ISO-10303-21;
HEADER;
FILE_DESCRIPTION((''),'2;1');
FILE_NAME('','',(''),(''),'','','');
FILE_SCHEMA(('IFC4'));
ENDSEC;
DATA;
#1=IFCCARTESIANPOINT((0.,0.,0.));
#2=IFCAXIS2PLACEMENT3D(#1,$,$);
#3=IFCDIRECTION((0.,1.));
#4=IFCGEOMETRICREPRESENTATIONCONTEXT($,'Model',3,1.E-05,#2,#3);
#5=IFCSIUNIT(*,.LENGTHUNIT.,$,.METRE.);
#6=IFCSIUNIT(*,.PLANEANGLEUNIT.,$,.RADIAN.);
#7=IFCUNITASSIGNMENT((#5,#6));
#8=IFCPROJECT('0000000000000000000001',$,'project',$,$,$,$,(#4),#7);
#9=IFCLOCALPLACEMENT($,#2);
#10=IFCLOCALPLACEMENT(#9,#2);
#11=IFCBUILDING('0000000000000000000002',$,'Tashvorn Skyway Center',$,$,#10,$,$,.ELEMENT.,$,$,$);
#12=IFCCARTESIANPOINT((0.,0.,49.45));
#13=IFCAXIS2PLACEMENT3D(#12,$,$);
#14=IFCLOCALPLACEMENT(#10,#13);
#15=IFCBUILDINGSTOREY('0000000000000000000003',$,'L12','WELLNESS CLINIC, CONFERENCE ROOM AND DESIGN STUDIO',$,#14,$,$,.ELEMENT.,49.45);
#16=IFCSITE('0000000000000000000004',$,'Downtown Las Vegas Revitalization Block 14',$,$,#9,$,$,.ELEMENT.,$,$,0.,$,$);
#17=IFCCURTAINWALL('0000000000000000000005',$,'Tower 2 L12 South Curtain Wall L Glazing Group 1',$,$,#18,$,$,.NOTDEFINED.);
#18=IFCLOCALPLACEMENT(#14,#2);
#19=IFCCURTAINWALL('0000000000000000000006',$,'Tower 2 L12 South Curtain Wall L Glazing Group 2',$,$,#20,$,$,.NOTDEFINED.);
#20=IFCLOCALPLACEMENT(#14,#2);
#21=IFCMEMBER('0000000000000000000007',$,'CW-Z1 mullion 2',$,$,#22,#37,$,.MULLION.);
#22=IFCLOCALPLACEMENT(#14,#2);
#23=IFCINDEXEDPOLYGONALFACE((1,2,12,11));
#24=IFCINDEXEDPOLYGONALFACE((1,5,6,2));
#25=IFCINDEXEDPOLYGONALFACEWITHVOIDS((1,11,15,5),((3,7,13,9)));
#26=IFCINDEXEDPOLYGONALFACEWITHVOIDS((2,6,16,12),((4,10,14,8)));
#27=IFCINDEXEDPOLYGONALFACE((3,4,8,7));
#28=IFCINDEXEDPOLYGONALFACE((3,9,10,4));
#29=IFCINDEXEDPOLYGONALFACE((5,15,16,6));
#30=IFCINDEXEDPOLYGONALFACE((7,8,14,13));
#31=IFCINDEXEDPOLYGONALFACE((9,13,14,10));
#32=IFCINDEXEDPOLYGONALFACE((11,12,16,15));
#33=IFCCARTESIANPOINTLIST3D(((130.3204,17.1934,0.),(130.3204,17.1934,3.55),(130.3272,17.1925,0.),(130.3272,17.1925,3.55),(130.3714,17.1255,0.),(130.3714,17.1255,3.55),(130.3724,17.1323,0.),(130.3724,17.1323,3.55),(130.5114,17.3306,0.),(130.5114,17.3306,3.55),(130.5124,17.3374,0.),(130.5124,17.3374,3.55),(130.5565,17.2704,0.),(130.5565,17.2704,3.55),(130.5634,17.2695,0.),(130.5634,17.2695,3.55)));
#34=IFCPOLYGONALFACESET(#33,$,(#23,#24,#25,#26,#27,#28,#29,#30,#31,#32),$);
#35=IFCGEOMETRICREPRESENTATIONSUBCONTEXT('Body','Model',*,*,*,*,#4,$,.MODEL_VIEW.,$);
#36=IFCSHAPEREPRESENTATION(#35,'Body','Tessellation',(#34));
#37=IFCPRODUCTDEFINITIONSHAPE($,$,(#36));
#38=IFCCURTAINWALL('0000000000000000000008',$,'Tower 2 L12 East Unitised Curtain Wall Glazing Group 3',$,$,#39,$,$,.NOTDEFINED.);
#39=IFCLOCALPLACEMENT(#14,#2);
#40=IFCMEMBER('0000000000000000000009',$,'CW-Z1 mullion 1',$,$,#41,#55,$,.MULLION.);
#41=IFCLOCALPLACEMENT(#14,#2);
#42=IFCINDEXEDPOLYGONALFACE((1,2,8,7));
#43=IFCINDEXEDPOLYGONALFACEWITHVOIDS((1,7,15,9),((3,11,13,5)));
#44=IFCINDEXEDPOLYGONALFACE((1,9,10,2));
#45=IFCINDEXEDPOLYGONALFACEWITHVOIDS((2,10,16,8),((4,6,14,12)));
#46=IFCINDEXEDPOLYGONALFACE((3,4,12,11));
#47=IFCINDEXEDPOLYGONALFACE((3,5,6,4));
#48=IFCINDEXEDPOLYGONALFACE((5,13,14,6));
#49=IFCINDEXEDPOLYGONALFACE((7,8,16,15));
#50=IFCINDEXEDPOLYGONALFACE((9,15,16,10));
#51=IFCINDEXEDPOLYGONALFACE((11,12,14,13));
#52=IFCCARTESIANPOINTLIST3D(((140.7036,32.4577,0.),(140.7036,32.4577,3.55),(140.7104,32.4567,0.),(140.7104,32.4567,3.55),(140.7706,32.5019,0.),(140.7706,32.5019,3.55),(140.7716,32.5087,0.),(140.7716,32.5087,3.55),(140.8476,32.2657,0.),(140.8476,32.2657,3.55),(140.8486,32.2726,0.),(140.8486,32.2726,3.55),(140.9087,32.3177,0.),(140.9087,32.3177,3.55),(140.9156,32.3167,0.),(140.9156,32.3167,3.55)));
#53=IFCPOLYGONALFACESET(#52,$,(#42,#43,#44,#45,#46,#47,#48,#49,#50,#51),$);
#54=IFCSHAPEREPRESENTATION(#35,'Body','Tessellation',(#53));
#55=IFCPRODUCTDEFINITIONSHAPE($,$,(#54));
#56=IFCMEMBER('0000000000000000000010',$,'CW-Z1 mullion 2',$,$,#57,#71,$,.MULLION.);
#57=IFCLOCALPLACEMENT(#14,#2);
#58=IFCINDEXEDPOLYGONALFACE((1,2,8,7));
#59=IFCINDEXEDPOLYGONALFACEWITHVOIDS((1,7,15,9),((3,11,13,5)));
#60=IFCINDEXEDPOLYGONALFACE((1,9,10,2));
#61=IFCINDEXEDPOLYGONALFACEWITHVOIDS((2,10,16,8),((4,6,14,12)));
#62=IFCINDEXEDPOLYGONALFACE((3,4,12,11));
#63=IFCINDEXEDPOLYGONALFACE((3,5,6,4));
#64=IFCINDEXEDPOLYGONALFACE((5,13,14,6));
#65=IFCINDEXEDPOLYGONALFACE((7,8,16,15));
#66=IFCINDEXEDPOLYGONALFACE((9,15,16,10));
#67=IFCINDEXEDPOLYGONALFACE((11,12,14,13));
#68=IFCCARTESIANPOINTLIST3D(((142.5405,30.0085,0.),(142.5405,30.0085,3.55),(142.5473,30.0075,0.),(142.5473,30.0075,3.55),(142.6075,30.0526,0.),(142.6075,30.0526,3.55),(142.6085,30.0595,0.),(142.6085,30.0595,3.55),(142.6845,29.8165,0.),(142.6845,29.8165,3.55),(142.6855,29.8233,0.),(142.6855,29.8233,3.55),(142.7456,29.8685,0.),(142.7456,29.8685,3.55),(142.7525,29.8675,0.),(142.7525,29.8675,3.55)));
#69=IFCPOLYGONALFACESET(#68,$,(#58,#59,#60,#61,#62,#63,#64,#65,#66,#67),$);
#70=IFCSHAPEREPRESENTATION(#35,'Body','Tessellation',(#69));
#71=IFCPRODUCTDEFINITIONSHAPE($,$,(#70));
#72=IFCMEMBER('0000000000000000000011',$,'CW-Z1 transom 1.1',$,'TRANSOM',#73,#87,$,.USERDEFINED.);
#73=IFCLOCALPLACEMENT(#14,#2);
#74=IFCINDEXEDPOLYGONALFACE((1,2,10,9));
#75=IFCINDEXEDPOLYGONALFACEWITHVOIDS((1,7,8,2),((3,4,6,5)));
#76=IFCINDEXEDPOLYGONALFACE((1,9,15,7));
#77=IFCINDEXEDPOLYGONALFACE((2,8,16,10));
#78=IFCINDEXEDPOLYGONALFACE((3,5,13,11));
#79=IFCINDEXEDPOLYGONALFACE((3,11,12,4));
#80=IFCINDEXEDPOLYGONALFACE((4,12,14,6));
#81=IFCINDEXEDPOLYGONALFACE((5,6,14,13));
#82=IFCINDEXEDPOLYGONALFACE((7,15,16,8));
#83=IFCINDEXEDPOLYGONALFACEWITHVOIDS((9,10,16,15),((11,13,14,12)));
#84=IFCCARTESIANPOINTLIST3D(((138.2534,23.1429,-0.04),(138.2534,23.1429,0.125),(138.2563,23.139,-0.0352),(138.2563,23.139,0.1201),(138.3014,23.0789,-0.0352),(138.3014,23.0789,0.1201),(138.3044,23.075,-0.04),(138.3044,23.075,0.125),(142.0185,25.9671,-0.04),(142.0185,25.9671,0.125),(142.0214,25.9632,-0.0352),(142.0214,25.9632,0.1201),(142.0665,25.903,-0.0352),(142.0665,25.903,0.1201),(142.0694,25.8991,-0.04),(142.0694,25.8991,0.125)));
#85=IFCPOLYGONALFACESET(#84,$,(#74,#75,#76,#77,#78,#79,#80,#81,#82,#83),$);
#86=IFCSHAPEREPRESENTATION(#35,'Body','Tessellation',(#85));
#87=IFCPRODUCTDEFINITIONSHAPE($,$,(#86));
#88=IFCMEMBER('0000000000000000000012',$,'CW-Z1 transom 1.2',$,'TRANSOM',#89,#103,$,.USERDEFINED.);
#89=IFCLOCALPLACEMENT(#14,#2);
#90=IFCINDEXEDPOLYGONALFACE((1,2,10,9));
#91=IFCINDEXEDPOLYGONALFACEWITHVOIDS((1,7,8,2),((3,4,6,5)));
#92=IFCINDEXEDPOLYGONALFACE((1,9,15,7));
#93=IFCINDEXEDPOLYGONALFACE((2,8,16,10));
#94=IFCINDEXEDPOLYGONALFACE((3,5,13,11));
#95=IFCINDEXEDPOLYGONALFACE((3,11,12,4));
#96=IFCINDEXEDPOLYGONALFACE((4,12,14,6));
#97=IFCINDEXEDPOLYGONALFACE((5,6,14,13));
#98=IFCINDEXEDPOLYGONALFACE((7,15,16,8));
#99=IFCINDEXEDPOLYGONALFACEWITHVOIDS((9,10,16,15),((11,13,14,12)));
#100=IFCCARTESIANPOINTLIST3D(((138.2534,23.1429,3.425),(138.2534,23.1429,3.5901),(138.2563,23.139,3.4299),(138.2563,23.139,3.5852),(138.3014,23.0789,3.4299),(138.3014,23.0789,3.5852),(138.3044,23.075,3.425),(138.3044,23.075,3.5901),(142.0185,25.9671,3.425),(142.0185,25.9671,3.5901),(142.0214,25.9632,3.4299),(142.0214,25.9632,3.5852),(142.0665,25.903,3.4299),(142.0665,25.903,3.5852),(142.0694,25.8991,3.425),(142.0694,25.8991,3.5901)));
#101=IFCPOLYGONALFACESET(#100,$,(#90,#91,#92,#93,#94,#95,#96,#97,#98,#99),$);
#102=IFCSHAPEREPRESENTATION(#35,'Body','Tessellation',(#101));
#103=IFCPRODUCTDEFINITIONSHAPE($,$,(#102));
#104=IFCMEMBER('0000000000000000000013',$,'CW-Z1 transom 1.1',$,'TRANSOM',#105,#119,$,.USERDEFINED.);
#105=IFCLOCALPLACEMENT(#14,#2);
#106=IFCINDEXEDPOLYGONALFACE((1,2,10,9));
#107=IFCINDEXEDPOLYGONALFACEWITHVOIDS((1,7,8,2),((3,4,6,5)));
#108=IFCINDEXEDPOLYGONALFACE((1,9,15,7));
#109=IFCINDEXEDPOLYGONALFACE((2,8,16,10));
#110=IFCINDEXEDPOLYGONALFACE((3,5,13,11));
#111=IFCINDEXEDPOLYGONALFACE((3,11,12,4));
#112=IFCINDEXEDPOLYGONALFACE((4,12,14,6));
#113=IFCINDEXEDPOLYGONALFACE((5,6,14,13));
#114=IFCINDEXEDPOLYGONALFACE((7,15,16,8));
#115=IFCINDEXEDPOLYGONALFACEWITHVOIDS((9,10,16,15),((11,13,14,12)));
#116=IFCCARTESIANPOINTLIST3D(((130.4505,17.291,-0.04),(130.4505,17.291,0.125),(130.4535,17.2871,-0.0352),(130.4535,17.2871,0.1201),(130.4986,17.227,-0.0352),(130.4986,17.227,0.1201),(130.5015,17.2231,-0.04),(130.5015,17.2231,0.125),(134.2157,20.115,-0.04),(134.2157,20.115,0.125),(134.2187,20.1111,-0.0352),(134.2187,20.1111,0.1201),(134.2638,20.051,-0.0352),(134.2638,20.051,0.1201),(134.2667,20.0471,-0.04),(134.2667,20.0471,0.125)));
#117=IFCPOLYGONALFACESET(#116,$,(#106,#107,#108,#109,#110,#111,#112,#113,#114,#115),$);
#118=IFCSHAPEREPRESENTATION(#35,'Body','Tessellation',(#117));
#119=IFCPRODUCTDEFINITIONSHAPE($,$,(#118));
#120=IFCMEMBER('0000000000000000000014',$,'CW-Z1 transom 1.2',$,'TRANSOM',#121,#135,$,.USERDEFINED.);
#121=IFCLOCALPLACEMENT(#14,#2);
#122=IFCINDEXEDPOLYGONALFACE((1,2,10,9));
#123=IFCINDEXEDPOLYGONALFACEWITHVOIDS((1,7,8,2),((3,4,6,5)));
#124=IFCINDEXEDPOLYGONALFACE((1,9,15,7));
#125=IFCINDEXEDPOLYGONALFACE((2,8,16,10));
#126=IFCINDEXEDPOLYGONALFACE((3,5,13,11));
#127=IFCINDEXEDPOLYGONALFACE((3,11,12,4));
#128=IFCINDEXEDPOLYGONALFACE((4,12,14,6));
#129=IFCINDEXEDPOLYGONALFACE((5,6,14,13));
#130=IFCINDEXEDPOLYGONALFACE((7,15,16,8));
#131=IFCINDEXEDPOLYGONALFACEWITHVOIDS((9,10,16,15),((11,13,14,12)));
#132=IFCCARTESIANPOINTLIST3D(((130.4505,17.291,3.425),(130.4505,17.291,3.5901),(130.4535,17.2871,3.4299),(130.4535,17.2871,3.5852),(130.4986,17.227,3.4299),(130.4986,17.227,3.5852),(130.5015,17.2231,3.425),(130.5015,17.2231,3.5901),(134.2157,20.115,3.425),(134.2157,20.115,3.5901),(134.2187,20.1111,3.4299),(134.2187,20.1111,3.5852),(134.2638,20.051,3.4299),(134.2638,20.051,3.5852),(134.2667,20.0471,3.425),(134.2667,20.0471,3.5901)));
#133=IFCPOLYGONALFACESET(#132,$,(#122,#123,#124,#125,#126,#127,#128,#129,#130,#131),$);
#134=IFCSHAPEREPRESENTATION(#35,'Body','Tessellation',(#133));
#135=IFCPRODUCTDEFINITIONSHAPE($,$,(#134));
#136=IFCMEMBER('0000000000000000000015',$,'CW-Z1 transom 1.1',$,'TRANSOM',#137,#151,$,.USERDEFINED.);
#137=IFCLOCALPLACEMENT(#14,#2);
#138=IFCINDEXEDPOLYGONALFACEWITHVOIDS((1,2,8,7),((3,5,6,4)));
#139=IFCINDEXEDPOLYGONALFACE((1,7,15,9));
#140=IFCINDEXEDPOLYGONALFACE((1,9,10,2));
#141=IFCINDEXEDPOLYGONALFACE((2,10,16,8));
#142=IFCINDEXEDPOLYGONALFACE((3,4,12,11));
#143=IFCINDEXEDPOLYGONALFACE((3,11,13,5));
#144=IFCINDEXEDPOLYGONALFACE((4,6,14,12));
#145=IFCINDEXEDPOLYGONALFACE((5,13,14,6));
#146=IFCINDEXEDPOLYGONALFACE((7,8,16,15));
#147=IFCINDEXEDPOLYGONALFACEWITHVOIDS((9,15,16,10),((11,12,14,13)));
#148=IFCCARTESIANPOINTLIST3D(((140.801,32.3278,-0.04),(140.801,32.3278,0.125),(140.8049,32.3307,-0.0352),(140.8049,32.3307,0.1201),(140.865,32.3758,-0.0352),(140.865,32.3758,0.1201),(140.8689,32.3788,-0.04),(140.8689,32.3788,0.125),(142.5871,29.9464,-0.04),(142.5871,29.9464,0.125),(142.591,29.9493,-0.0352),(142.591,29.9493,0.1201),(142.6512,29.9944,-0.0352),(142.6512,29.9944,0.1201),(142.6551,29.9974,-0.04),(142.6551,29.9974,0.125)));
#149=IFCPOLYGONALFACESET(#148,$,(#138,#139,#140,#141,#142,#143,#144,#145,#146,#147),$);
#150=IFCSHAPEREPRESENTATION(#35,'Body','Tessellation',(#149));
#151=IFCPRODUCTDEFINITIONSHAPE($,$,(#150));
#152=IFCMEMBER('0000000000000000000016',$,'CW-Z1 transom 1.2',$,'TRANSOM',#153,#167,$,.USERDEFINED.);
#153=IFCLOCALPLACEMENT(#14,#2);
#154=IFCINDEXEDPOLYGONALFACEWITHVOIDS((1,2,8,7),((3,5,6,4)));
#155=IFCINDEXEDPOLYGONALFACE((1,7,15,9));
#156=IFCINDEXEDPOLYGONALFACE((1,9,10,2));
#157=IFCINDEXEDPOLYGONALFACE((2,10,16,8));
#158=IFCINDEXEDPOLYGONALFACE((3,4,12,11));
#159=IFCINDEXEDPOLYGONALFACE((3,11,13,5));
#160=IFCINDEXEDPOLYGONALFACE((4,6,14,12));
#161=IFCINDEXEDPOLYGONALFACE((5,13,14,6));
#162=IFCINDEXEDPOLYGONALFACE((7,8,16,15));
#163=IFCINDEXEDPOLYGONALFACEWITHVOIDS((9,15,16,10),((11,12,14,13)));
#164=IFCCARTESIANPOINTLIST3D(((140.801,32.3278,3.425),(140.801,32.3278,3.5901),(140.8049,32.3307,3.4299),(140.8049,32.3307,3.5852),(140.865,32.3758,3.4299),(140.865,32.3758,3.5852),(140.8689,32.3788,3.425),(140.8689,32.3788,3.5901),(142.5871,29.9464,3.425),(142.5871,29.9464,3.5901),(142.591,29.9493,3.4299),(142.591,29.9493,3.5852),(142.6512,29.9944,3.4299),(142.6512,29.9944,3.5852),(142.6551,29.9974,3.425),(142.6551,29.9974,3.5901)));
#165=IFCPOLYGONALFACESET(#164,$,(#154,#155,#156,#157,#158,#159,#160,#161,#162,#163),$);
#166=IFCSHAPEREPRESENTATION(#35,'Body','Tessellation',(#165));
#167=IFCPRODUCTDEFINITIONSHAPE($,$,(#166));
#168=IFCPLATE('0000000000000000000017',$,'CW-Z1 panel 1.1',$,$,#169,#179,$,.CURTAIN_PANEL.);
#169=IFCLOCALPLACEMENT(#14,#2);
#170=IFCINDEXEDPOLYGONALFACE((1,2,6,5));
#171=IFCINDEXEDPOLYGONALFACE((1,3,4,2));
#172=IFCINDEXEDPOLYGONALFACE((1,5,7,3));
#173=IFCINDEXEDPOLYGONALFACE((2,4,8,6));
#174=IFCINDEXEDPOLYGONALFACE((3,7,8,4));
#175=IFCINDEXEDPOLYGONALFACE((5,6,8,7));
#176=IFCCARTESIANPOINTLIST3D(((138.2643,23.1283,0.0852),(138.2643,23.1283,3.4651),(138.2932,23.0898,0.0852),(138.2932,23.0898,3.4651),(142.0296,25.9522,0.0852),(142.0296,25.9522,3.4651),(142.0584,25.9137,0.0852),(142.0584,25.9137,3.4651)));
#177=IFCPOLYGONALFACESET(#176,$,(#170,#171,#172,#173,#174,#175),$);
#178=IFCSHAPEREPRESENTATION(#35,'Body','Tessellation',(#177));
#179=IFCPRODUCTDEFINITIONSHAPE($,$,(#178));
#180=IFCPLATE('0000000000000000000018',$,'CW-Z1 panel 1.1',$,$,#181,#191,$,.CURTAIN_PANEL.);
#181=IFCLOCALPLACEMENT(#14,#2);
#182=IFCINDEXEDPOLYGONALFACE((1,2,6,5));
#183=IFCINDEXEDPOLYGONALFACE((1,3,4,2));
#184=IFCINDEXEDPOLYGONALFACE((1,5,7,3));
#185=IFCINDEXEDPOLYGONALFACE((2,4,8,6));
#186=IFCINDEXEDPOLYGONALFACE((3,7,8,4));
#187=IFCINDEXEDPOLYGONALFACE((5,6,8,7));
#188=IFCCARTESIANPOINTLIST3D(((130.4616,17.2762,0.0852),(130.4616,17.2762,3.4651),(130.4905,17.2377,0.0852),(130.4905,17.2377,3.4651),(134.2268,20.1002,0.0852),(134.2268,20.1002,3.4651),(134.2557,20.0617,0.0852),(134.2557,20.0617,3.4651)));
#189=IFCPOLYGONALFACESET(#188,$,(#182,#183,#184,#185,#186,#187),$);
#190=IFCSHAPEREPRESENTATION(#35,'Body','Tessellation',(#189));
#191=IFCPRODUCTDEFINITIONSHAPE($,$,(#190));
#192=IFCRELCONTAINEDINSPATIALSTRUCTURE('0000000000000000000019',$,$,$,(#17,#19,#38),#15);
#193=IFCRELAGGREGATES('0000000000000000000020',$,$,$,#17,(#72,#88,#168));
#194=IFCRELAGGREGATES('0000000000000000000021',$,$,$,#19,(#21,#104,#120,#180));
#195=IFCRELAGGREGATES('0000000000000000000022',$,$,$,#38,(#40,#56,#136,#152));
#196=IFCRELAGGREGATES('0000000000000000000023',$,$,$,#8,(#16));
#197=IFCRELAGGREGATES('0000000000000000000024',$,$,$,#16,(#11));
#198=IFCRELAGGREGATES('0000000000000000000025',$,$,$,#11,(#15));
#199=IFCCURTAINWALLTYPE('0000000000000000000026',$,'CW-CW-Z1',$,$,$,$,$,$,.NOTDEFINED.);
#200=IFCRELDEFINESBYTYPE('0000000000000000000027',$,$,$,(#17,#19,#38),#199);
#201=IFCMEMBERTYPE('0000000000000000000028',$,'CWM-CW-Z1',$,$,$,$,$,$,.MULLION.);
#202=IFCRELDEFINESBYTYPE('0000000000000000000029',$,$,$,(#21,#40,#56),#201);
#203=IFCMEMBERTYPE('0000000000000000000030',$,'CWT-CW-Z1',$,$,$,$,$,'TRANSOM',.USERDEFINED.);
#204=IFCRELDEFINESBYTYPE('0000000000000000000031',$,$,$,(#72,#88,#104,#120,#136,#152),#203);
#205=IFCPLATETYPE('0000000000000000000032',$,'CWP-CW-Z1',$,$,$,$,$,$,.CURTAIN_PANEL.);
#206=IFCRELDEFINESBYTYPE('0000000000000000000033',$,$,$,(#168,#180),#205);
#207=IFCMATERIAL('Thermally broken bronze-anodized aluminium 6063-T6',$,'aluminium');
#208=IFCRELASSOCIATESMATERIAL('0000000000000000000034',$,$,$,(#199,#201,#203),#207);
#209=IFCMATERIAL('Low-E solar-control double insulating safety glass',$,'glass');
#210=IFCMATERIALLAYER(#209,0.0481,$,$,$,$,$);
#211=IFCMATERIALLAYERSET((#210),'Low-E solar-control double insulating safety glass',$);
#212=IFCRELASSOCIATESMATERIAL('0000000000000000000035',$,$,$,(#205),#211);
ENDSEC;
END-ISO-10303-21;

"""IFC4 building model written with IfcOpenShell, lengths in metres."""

from ifc_helpers import new_model, si_unit, direction, frame, origin, origin_2d, place, context, subcontext, project, spatial, rectangle, hollow_rectangle, extrude, material, layer, layer_set, material_profile, profile_set, type_object, element, aggregate, save


model = new_model("IFC4")

# Units and contexts
model_context = context("Model", 3, precision=1e-05, world=origin(), true_north=direction((0.0, 1.0)))
body_context = subcontext(model_context, "Body", "Model", "MODEL_VIEW")
ifc_project = project(units=[si_unit("LENGTHUNIT", "METRE"), si_unit("PLANEANGLEUNIT", "RADIAN")], contexts=[model_context])

# Site, building, storey
site_placement = place(None, origin())
site = spatial("IfcSite", under=ifc_project, at=site_placement, Name="Downtown Las Vegas Revitalization Block 14", CompositionType="ELEMENT", RefElevation=0.0)
building_placement = place(site_placement, origin())
building = spatial("IfcBuilding", under=site, at=building_placement, Name="Tashvorn Skyway Center", CompositionType="ELEMENT")
storey_placement = place(building_placement, frame((0.0, 0.0, 49.45)))
storey = spatial("IfcBuildingStorey", under=building, at=storey_placement, Name="L12", Description="WELLNESS CLINIC, CONFERENCE ROOM AND DESIGN STUDIO", CompositionType="ELEMENT", Elevation=49.45)

# Curtain walls, members
ifc_material_1 = material(Name="Thermally broken bronze-anodized aluminium 6063-T6", Category="aluminium")
curtain_wall_type = type_object("IfcCurtainWallType", Name="CW-CW-Z1", PredefinedType="NOTDEFINED", material=ifc_material_1)
curtain_wall_1_placement = place(storey_placement, origin())
curtain_wall_1 = element("IfcCurtainWall", 1, at=curtain_wall_1_placement, inside=storey, type_object=curtain_wall_type, Name="Tower 2 L12 South Curtain Wall L Glazing Group 1", PredefinedType="NOTDEFINED")
ifc_material_profile_1 = material_profile(ifc_material_1, hollow_rectangle(XDim=0.085, YDim=0.24, WallThickness=0.0049, at=origin_2d()), Name="ALU-MULL-85x240")
ifc_profile_set_1 = profile_set([ifc_material_profile_1], Name="Thermally broken bronze-anodized aluminium 6063-T6")
member_type_1 = type_object("IfcMemberType", Name="CWM-CW-Z1", PredefinedType="MULLION", material=ifc_profile_set_1)
curtain_wall_2_placement = place(storey_placement, origin())
curtain_wall_2 = element("IfcCurtainWall", 2, at=curtain_wall_2_placement, inside=storey, type_object=curtain_wall_type, Name="Tower 2 L12 South Curtain Wall L Glazing Group 2", PredefinedType="NOTDEFINED")
member_1_placement = place(storey_placement, frame((130.4419, 17.2314, 0.0), z_axis=(0.0, 0.0, 1.0), x_axis=(0.600003, -0.799998, 0.0)))
member_1 = element("IfcMember", 3, at=member_1_placement, type_object=member_type_1, Name="CW-Z1 mullion 2", PredefinedType="MULLION", context=body_context, shape_type="SweptSolid", body=[
    extrude(hollow_rectangle(XDim=0.085, YDim=0.24, WallThickness=0.0049, at=origin_2d()), origin(), (0.0, 0.0, 1.0), 3.55),
])
curtain_wall_3_placement = place(storey_placement, origin())
curtain_wall_3 = element("IfcCurtainWall", 4, at=curtain_wall_3_placement, inside=storey, type_object=curtain_wall_type, Name="Tower 2 L12 East Unitised Curtain Wall Glazing Group 3", PredefinedType="NOTDEFINED")
member_2_placement = place(storey_placement, frame((140.8096, 32.3872, 0.0), z_axis=(0.0, 0.0, 1.0), x_axis=(0.799996, 0.600005, 0.0)))
member_2 = element("IfcMember", 5, at=member_2_placement, type_object=member_type_1, Name="CW-Z1 mullion 1", PredefinedType="MULLION", context=body_context, shape_type="SweptSolid", body=[
    extrude(hollow_rectangle(XDim=0.085, YDim=0.24, WallThickness=0.0049, at=origin_2d()), origin(), (0.0, 0.0, 1.0), 3.55),
])
member_3_placement = place(storey_placement, frame((142.6465, 29.938, 0.0), z_axis=(0.0, 0.0, 1.0), x_axis=(0.799996, 0.600005, 0.0)))
member_3 = element("IfcMember", 6, at=member_3_placement, type_object=member_type_1, Name="CW-Z1 mullion 2", PredefinedType="MULLION", context=body_context, shape_type="SweptSolid", body=[
    extrude(hollow_rectangle(XDim=0.085, YDim=0.24, WallThickness=0.0049, at=origin_2d()), origin(), (0.0, 0.0, 1.0), 3.55),
])

# Members
ifc_material_profile_2 = material_profile(ifc_material_1, hollow_rectangle(XDim=0.085, YDim=0.165, WallThickness=0.0049, at=origin_2d()), Name="ALU-TRAN-85x165")
ifc_profile_set_2 = profile_set([ifc_material_profile_2], Name="Thermally broken bronze-anodized aluminium 6063-T6")
member_type_2 = type_object("IfcMemberType", Name="CWT-CW-Z1", ElementType="TRANSOM", PredefinedType="USERDEFINED", material=ifc_profile_set_2)
member_4_placement = place(storey_placement, frame((142.0439, 25.9331, 0.0425), z_axis=(-0.799963, -0.60005, 0.0), x_axis=(0.60005, -0.799963, 0.0)))
member_4 = element("IfcMember", 7, at=member_4_placement, type_object=member_type_2, Name="CW-Z1 transom 1.1", ObjectType="TRANSOM", PredefinedType="USERDEFINED", context=body_context, shape_type="SweptSolid", body=[
    extrude(hollow_rectangle(XDim=0.085, YDim=0.165, WallThickness=0.0049, at=origin_2d()), origin(), (0.0, 0.0, 1.0), 4.7065),
])
member_5_placement = place(storey_placement, frame((142.0439, 25.9331, 3.5076), z_axis=(-0.799963, -0.60005, 0.0), x_axis=(0.60005, -0.799963, 0.0)))
member_5 = element("IfcMember", 8, at=member_5_placement, type_object=member_type_2, Name="CW-Z1 transom 1.2", ObjectType="TRANSOM", PredefinedType="USERDEFINED", context=body_context, shape_type="SweptSolid", body=[
    extrude(hollow_rectangle(XDim=0.085, YDim=0.165, WallThickness=0.0049, at=origin_2d()), origin(), (0.0, 0.0, 1.0), 4.7065),
])
member_6_placement = place(storey_placement, frame((134.2412, 20.0811, 0.0425), z_axis=(-0.799988, -0.600017, 0.0), x_axis=(0.600017, -0.799988, 0.0)))
member_6 = element("IfcMember", 9, at=member_6_placement, type_object=member_type_2, Name="CW-Z1 transom 1.1", ObjectType="TRANSOM", PredefinedType="USERDEFINED", context=body_context, shape_type="SweptSolid", body=[
    extrude(hollow_rectangle(XDim=0.085, YDim=0.165, WallThickness=0.0049, at=origin_2d()), origin(), (0.0, 0.0, 1.0), 4.7065),
])
member_7_placement = place(storey_placement, frame((134.2412, 20.0811, 3.5076), z_axis=(-0.799988, -0.600017, 0.0), x_axis=(0.600017, -0.799988, 0.0)))
member_7 = element("IfcMember", 10, at=member_7_placement, type_object=member_type_2, Name="CW-Z1 transom 1.2", ObjectType="TRANSOM", PredefinedType="USERDEFINED", context=body_context, shape_type="SweptSolid", body=[
    extrude(hollow_rectangle(XDim=0.085, YDim=0.165, WallThickness=0.0049, at=origin_2d()), origin(), (0.0, 0.0, 1.0), 4.7065),
])
member_8_placement = place(storey_placement, frame((140.835, 32.3533, 0.0425), z_axis=(0.600026, -0.79998, 0.0), x_axis=(0.79998, 0.600026, 0.0)))
member_8 = element("IfcMember", 11, at=member_8_placement, type_object=member_type_2, Name="CW-Z1 transom 1.1", ObjectType="TRANSOM", PredefinedType="USERDEFINED", context=body_context, shape_type="SweptSolid", body=[
    extrude(hollow_rectangle(XDim=0.085, YDim=0.165, WallThickness=0.0049, at=origin_2d()), origin(), (0.0, 0.0, 1.0), 2.9768),
])
member_9_placement = place(storey_placement, frame((140.835, 32.3533, 3.5076), z_axis=(0.600026, -0.79998, 0.0), x_axis=(0.79998, 0.600026, 0.0)))
member_9 = element("IfcMember", 12, at=member_9_placement, type_object=member_type_2, Name="CW-Z1 transom 1.2", ObjectType="TRANSOM", PredefinedType="USERDEFINED", context=body_context, shape_type="SweptSolid", body=[
    extrude(hollow_rectangle(XDim=0.085, YDim=0.165, WallThickness=0.0049, at=origin_2d()), origin(), (0.0, 0.0, 1.0), 2.9768),
])

# Plates
ifc_material_2 = material(Name="Low-E solar-control double insulating safety glass", Category="glass")
ifc_layer_1 = layer(ifc_material_2, 0.0481)
ifc_layer_set_1 = layer_set([ifc_layer_1], Name="Low-E solar-control double insulating safety glass")
plate_type = type_object("IfcPlateType", Name="CWP-CW-Z1", PredefinedType="CURTAIN_PANEL", material=ifc_layer_set_1)
plate_1_placement = place(storey_placement, frame((140.1614, 24.521, 0.0852), z_axis=(0.0, 0.0, 1.0), x_axis=(-0.799998, -0.600003, 0.0)))
plate_1 = element("IfcPlate", 13, at=plate_1_placement, type_object=plate_type, Name="CW-Z1 panel 1.1", PredefinedType="CURTAIN_PANEL", context=body_context, shape_type="SweptSolid", body=[
    extrude(rectangle(XDim=4.7065, YDim=0.0481, at=origin_2d()), origin(), (0.0, 0.0, 1.0), 3.3799),
])
aggregate(curtain_wall_1, [member_4, member_5, plate_1])
plate_2_placement = place(storey_placement, frame((132.3586, 18.6689, 0.0852), z_axis=(0.0, 0.0, 1.0), x_axis=(-0.799998, -0.600003, 0.0)))
plate_2 = element("IfcPlate", 14, at=plate_2_placement, type_object=plate_type, Name="CW-Z1 panel 1.1", PredefinedType="CURTAIN_PANEL", context=body_context, shape_type="SweptSolid", body=[
    extrude(rectangle(XDim=4.7065, YDim=0.0481, at=origin_2d()), origin(), (0.0, 0.0, 1.0), 3.3799),
])
aggregate(curtain_wall_2, [member_1, member_6, member_7, plate_2])
aggregate(curtain_wall_3, [member_2, member_3, member_8, member_9])

save(model, "model.ifc")
